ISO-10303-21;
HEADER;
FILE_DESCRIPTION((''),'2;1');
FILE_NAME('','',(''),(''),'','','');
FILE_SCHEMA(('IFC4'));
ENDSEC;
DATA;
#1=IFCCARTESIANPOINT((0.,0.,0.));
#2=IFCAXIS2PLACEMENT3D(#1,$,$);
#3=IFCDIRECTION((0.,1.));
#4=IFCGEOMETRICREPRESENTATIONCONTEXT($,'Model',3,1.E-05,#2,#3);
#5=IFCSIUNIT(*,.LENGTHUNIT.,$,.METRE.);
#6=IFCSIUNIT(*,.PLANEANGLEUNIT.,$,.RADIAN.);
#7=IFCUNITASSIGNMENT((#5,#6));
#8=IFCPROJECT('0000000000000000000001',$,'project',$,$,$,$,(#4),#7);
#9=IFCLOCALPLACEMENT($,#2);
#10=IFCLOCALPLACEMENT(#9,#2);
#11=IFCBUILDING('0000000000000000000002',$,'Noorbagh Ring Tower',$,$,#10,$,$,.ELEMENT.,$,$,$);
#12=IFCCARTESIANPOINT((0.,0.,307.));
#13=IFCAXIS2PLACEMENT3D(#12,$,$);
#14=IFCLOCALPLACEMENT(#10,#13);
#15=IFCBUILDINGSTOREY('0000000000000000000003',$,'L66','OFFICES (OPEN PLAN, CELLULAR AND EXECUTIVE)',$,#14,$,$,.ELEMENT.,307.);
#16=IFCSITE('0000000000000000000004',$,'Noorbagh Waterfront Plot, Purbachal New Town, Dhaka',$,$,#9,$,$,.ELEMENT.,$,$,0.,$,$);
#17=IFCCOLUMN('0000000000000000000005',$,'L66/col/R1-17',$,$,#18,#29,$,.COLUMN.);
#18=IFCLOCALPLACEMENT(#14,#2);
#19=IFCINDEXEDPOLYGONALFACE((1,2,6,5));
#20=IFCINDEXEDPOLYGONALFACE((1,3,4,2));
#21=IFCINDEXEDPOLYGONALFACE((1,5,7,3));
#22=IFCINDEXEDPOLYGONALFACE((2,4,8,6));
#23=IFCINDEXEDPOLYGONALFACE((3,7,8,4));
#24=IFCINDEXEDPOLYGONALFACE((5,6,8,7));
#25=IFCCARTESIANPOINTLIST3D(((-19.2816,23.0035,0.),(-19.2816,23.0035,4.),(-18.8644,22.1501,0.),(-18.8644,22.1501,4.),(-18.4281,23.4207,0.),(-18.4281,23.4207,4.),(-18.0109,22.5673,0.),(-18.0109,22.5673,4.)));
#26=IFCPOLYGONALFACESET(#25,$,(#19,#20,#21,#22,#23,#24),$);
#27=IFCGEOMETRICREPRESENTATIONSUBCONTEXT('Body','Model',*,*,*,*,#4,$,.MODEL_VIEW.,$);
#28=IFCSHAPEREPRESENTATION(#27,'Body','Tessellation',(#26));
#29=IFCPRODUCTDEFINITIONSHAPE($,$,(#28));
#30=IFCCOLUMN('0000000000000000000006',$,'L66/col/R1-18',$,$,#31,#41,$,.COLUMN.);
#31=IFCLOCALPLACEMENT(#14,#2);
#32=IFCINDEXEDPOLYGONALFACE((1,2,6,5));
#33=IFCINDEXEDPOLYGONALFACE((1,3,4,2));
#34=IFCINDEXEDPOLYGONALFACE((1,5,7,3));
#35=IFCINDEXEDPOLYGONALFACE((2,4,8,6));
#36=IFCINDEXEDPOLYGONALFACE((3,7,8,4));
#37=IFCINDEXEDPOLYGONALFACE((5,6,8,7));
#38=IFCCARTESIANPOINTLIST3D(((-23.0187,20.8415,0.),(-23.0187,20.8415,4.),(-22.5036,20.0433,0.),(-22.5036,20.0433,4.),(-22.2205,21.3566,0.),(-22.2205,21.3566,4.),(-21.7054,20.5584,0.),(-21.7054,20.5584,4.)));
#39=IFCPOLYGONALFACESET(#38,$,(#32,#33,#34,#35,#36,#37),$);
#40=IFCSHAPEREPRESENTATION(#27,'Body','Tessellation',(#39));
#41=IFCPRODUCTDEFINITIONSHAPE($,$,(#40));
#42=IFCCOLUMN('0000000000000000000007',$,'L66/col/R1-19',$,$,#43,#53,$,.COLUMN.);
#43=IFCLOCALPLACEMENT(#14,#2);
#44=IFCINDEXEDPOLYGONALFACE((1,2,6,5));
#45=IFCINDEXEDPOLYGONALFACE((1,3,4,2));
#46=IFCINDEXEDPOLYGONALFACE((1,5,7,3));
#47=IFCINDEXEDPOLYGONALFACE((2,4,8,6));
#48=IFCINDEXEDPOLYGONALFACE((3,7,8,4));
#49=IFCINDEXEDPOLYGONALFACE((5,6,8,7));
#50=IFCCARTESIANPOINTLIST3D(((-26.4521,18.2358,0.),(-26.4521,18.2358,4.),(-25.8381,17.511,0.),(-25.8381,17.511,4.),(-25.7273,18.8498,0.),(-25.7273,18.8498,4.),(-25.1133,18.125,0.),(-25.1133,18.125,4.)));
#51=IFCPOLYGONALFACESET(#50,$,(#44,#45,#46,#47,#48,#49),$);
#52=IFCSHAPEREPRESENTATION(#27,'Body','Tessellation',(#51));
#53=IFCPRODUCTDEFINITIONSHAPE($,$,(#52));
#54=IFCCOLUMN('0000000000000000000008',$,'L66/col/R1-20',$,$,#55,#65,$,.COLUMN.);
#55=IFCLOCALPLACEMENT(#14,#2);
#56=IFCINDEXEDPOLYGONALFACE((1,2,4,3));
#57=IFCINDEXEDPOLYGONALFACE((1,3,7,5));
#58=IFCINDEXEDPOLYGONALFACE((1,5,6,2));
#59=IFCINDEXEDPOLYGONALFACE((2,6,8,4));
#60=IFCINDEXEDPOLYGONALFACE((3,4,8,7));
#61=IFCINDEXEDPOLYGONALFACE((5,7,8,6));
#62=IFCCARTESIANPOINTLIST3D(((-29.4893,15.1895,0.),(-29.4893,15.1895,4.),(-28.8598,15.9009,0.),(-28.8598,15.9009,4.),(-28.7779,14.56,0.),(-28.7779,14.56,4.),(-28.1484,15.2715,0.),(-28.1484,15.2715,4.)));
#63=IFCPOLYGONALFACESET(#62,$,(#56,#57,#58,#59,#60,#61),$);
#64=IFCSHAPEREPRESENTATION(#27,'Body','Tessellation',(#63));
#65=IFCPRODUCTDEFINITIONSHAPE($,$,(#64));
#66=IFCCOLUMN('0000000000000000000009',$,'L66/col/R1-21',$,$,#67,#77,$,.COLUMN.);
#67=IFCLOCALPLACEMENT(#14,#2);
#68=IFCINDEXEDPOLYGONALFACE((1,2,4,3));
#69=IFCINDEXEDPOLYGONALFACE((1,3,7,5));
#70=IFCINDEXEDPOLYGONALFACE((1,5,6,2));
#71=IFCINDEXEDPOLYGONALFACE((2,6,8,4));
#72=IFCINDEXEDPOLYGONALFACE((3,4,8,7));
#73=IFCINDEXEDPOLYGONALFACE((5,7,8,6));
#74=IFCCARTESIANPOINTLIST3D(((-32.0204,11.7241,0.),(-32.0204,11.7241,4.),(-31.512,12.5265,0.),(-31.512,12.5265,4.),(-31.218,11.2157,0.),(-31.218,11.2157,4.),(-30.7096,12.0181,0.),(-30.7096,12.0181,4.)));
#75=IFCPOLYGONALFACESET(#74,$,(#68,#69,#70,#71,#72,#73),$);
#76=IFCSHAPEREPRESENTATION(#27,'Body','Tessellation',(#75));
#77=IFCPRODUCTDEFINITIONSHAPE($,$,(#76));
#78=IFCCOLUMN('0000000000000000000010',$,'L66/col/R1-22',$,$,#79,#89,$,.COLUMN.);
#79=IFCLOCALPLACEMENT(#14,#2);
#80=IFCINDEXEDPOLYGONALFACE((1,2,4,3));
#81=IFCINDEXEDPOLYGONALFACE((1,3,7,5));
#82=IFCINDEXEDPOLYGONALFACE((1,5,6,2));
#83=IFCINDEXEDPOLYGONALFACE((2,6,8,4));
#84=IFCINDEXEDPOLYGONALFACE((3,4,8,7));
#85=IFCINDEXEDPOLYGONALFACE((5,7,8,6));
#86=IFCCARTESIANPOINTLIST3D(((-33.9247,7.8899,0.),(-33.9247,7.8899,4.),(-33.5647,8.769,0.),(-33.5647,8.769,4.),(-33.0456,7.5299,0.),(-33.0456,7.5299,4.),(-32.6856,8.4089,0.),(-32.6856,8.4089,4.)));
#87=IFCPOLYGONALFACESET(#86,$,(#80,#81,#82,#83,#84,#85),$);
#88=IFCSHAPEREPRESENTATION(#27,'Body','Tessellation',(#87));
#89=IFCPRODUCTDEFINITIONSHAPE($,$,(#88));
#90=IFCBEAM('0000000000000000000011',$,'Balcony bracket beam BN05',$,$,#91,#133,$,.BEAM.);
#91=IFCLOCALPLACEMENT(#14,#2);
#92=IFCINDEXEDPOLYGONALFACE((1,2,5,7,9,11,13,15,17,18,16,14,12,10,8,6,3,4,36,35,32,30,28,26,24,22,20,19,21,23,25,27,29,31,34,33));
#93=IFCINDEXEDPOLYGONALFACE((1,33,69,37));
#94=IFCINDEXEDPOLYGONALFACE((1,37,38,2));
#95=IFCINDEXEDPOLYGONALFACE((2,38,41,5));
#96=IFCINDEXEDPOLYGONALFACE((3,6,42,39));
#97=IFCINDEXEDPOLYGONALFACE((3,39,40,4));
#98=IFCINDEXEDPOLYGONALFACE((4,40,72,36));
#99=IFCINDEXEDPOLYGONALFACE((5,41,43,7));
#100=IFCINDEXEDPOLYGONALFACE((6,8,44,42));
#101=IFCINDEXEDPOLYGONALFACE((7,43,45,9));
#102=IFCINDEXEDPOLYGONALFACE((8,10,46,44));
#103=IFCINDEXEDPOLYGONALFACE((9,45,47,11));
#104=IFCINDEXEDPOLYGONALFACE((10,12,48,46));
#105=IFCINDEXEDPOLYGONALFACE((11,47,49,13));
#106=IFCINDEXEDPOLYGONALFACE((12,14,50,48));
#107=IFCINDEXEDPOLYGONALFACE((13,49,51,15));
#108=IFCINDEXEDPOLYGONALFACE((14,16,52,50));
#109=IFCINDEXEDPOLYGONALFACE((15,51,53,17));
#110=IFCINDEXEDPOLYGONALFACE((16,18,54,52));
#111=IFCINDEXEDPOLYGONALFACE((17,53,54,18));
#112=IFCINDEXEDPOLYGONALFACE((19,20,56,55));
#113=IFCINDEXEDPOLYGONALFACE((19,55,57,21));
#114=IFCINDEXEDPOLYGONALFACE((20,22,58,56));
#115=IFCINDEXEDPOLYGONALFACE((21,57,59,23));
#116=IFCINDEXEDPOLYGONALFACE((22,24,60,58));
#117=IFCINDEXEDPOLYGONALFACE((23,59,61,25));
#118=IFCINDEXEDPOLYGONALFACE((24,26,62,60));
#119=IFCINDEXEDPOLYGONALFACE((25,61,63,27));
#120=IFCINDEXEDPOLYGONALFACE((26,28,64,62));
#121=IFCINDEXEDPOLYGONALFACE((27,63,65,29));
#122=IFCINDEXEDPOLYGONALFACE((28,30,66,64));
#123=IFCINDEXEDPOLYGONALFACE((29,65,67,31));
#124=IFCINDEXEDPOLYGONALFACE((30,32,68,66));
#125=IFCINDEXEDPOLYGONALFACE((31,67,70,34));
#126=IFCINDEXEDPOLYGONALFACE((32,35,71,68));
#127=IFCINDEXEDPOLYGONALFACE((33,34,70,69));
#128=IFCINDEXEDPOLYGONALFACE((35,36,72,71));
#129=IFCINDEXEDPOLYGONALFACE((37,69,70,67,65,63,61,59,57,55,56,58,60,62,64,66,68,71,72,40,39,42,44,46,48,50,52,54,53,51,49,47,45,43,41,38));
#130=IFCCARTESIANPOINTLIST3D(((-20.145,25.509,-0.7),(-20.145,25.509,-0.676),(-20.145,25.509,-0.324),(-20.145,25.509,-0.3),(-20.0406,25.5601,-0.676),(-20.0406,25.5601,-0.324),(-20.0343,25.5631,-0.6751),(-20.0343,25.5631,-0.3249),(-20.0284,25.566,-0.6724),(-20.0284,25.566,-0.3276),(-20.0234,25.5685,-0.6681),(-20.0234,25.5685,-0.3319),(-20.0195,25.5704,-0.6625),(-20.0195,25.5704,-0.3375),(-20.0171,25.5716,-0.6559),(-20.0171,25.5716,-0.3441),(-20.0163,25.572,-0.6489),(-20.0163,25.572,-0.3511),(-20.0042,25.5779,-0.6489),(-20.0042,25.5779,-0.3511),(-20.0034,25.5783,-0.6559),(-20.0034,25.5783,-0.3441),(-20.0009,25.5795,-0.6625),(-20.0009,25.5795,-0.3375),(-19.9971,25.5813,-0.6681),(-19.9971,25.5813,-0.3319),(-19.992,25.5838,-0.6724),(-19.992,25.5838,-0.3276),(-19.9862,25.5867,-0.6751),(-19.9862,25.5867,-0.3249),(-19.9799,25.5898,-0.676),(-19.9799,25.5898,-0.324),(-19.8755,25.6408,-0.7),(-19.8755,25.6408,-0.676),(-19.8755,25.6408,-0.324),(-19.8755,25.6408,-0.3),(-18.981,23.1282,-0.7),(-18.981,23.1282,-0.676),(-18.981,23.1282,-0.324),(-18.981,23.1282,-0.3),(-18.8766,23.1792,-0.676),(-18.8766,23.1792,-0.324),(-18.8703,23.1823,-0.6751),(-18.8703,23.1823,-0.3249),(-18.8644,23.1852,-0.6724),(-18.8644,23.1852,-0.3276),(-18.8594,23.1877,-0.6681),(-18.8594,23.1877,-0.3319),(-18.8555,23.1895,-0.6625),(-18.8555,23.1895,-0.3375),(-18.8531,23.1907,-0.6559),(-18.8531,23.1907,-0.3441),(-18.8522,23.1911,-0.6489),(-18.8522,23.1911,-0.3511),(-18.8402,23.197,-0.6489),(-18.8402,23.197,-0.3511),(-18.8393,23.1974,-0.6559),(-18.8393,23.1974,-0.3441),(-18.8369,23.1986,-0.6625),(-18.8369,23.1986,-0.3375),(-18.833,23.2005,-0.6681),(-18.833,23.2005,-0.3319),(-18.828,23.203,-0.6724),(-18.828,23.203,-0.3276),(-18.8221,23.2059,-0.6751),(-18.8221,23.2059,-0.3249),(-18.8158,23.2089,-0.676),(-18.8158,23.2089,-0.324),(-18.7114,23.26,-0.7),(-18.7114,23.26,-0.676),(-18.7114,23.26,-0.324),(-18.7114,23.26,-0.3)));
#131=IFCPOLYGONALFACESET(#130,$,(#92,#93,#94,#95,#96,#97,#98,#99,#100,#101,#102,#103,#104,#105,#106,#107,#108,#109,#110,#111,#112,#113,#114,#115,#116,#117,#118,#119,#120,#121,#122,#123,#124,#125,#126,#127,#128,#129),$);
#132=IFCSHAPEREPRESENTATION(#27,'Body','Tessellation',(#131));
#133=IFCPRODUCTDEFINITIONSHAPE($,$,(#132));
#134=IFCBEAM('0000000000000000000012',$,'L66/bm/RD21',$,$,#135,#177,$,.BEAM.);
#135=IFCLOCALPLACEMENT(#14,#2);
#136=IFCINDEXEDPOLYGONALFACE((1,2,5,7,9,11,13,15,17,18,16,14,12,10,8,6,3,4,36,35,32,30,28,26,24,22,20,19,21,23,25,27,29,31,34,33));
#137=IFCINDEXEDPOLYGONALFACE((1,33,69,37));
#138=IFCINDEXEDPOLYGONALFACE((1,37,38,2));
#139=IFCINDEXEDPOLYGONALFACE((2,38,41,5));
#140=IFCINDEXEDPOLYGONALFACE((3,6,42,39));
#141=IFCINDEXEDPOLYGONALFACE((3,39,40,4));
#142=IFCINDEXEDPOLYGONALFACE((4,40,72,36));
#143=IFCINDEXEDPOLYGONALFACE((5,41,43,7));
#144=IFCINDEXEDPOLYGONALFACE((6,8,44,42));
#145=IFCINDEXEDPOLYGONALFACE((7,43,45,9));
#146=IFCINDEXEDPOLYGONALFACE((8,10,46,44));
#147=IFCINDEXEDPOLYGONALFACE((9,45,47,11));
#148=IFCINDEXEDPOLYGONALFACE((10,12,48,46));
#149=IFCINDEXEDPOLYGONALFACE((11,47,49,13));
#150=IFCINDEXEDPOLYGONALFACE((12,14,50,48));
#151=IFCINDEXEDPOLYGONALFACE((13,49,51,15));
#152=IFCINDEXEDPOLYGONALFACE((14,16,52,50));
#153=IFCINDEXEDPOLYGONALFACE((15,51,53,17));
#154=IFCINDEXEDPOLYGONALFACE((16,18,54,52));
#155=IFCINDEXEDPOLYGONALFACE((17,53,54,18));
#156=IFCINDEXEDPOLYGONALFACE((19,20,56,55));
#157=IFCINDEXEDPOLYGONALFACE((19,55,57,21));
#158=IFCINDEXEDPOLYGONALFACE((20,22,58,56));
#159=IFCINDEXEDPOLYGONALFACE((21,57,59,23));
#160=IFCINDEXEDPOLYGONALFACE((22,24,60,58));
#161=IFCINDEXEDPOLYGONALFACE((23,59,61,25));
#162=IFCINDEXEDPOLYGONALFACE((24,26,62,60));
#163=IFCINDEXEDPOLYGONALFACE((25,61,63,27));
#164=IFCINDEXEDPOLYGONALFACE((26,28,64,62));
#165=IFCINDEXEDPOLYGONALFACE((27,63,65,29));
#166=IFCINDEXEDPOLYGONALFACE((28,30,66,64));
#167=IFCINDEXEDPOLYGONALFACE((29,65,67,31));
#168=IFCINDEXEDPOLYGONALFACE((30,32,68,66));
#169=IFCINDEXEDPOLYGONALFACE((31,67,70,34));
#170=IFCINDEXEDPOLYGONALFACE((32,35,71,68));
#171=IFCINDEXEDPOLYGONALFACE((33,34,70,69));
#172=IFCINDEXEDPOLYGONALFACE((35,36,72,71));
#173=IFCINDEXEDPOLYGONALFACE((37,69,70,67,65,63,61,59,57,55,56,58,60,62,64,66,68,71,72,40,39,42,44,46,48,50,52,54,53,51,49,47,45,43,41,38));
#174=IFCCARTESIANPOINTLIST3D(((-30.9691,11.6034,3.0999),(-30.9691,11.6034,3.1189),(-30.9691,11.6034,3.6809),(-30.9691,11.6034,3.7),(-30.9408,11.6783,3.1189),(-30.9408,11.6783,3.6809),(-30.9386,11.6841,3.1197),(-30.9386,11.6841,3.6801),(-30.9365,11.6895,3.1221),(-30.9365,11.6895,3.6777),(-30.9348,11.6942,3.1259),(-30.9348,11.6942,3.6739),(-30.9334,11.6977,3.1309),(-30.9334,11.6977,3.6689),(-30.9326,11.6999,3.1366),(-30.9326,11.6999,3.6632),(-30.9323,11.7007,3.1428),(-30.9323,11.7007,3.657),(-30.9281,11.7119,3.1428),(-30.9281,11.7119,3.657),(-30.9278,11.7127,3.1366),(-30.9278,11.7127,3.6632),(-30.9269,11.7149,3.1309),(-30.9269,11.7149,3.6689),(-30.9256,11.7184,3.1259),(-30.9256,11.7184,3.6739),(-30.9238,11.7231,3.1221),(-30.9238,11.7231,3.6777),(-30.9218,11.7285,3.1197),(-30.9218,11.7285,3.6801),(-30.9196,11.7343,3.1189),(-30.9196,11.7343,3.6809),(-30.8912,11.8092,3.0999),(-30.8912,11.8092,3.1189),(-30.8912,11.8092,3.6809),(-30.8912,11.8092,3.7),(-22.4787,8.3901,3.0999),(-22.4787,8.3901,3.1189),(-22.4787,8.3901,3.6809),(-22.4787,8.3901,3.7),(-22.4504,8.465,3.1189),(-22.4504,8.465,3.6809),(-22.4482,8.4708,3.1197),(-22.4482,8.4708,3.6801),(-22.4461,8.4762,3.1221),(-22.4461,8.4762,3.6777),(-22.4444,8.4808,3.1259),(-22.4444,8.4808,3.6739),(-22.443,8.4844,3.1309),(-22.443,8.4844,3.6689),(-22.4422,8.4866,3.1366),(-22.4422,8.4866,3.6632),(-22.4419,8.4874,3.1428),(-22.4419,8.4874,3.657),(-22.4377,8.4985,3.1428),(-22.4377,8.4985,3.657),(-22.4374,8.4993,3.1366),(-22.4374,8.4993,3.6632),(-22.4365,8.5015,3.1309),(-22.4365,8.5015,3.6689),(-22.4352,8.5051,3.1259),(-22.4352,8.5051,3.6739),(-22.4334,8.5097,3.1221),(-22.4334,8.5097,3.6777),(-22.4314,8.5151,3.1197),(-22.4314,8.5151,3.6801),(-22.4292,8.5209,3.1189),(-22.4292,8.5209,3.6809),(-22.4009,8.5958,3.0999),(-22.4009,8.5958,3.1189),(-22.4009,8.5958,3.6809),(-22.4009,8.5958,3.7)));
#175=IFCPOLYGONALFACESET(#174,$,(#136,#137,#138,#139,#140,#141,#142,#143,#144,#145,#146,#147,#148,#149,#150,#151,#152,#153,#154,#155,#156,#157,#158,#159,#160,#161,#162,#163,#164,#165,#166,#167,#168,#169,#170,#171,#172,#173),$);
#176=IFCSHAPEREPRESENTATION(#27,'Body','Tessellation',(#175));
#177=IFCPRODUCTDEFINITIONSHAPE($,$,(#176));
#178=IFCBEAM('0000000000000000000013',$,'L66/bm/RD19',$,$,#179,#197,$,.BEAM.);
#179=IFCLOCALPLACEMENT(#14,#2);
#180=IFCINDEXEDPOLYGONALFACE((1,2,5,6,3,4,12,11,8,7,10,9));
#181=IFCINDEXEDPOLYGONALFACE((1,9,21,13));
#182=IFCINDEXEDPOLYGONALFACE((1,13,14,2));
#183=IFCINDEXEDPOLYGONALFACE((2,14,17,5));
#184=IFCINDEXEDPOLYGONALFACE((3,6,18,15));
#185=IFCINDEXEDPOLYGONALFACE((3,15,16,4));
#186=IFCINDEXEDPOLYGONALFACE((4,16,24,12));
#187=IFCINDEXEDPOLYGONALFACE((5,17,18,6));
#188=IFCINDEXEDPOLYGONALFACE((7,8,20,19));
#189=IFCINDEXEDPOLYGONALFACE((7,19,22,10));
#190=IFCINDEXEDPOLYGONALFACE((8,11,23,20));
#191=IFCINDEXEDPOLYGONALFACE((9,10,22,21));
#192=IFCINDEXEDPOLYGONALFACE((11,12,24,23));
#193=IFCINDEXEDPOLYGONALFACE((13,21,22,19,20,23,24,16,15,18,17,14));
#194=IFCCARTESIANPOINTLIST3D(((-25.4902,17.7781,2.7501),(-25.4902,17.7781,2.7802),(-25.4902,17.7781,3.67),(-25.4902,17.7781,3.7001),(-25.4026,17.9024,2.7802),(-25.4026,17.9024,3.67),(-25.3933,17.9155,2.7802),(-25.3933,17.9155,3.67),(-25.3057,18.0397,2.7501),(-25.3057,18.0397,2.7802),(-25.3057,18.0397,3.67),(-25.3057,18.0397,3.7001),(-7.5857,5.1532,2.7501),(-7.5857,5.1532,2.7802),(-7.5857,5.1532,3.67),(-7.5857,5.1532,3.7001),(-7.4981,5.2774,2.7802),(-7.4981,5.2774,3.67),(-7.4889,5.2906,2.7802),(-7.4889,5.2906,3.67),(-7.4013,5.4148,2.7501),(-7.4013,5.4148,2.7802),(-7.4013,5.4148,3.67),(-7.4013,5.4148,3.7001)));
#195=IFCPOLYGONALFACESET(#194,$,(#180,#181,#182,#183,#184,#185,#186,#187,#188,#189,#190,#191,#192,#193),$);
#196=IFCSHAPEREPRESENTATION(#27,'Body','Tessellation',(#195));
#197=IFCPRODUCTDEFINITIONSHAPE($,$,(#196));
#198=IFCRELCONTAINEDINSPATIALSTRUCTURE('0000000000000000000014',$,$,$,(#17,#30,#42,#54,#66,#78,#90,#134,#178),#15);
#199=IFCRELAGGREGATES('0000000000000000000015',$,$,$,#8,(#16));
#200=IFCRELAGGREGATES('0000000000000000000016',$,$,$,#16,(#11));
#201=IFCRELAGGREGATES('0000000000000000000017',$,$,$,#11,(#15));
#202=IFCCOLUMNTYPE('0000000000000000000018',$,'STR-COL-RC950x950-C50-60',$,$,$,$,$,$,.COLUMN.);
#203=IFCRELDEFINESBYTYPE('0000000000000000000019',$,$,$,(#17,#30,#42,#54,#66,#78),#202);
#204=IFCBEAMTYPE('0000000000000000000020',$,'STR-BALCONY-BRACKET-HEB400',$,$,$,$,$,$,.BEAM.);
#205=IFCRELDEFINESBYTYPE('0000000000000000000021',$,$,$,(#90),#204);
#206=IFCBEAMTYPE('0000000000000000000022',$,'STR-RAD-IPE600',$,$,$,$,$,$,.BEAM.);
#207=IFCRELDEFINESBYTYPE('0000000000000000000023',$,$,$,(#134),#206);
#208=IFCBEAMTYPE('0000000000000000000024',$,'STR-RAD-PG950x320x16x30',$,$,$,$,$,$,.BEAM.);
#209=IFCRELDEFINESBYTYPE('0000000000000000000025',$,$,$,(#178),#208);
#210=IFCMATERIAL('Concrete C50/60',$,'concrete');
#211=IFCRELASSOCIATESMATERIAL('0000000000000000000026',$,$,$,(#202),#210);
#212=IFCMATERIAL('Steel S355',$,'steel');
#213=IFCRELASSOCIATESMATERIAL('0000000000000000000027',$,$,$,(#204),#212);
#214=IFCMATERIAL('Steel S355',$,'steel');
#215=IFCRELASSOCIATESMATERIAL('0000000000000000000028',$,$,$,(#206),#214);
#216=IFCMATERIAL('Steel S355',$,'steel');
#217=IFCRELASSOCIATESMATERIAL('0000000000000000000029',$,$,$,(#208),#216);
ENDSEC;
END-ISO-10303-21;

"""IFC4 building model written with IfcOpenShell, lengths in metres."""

from ifc_helpers import new_model, si_unit, direction, frame, origin, origin_2d, place, context, subcontext, project, spatial, rectangle, i_section, extrude, material, material_profile, profile_set, type_object, element, save


model = new_model("IFC4")

# Units and contexts
model_context = context("Model", 3, precision=1e-05, world=origin(), true_north=direction((0.0, 1.0)))
body_context = subcontext(model_context, "Body", "Model", "MODEL_VIEW")
ifc_project = project(units=[si_unit("LENGTHUNIT", "METRE"), si_unit("PLANEANGLEUNIT", "RADIAN")], contexts=[model_context])

# Site, building, storey
site_placement = place(None, origin())
site = spatial("IfcSite", under=ifc_project, at=site_placement, Name="Noorbagh Waterfront Plot, Purbachal New Town, Dhaka", CompositionType="ELEMENT", RefElevation=0.0)
building_placement = place(site_placement, origin())
building = spatial("IfcBuilding", under=site, at=building_placement, Name="Noorbagh Ring Tower", CompositionType="ELEMENT")
storey_placement = place(building_placement, frame((0.0, 0.0, 307.0)))
storey = spatial("IfcBuildingStorey", under=building, at=storey_placement, Name="L66", Description="OFFICES (OPEN PLAN, CELLULAR AND EXECUTIVE)", CompositionType="ELEMENT", Elevation=307.0)

# Columns
ifc_material_1 = material(Name="Concrete C50/60", Category="concrete")
ifc_material_profile_1 = material_profile(ifc_material_1, rectangle(XDim=0.95, YDim=0.95, at=origin_2d()), Name="RC950x950")
ifc_profile_set_1 = profile_set([ifc_material_profile_1], Name="Concrete C50/60")
column_type = type_object("IfcColumnType", Name="STR-COL-RC950x950-C50-60", PredefinedType="COLUMN", material=ifc_profile_set_1)
for number, where, z_axis, x_axis, name in (
    (1, (-18.6462, 22.7854, 0.0), (0.0, 0.0, 1.0), (-0.898399, -0.43918, 0.0), "L66/col/R1-17"),
    (2, (-22.3621, 20.7, 0.0), (0.0, 0.0, 1.0), (-0.840248, -0.542203, 0.0), "L66/col/R1-18"),
    (3, (-25.7827, 18.1804, 0.0), (0.0, 0.0, 1.0), (-0.763035, -0.646357, 0.0), "L66/col/R1-19"),
    (4, (-28.8188, 15.2305, 0.0), (0.0, 0.0, 1.0), (-0.662636, -0.748942, 0.0), "L66/col/R1-20"),
    (5, (-31.365, 11.8711, 0.0), (0.0, 0.0, 1.0), (-0.53519, -0.844731, 0.0), "L66/col/R1-21"),
    (6, (-33.3052, 8.1494, 0.0), (0.0, 0.0, 1.0), (-0.378989, -0.925401, 0.0), "L66/col/R1-22"),
):
    element("IfcColumn", number, at=place(storey_placement, frame(where, z_axis=z_axis, x_axis=x_axis)), inside=storey, type_object=column_type, Name=name, PredefinedType="COLUMN", context=body_context, shape_type="SweptSolid", body=[
        extrude(rectangle(XDim=0.95, YDim=0.95, at=origin_2d()), origin(), (0.0, 0.0, 1.0), 4.0),
    ])

# Beams
ifc_material_2 = material(Name="Steel S355", Category="steel")
ifc_material_profile_2 = material_profile(ifc_material_2, i_section(OverallWidth=0.3, OverallDepth=0.3999, WebThickness=0.0134, FlangeThickness=0.0239, FilletRadius=0.0271, at=origin_2d()), Name="HEB400")
ifc_profile_set_2 = profile_set([ifc_material_profile_2], Name="Steel S355")
beam_type_1 = type_object("IfcBeamType", Name="STR-BALCONY-BRACKET-HEB400", PredefinedType="BEAM", material=ifc_profile_set_2)
beam_1_placement = place(storey_placement, frame((-18.8462, 23.1941, -0.5), z_axis=(-0.439237, 0.898371, 0.0), x_axis=(-0.898371, -0.439237, 0.0)))
element("IfcBeam", 7, at=beam_1_placement, inside=storey, type_object=beam_type_1, Name="Balcony bracket beam BN05", PredefinedType="BEAM", context=body_context, shape_type="SweptSolid", body=[
    extrude(i_section(OverallWidth=0.3, OverallDepth=0.3999, WebThickness=0.0134, FlangeThickness=0.0239, FilletRadius=0.0271, at=origin_2d()), origin(), (0.0, 0.0, 1.0), 2.6501),
])
ifc_material_3 = material(Name="Steel S355", Category="steel")
ifc_material_profile_3 = material_profile(ifc_material_3, i_section(OverallWidth=0.22, OverallDepth=0.6001, WebThickness=0.012, FlangeThickness=0.019, FilletRadius=0.0239, at=origin_2d()), Name="IPE600")
ifc_profile_set_3 = profile_set([ifc_material_profile_3], Name="Steel S355")
beam_type_2 = type_object("IfcBeamType", Name="STR-RAD-IPE600", PredefinedType="BEAM", material=ifc_profile_set_3)
beam_2_placement = place(storey_placement, frame((-30.9302, 11.7063, 3.3999), z_axis=(0.935258, -0.353966, 0.0), x_axis=(0.353966, 0.935258, 0.0)))
element("IfcBeam", 8, at=beam_2_placement, inside=storey, type_object=beam_type_2, Name="L66/bm/RD21", PredefinedType="BEAM", context=body_context, shape_type="SweptSolid", body=[
    extrude(i_section(OverallWidth=0.22, OverallDepth=0.6001, WebThickness=0.012, FlangeThickness=0.019, FilletRadius=0.0239, at=origin_2d()), origin(), (0.0, 0.0, 1.0), 9.0781),
])
ifc_material_4 = material(Name="Steel S355", Category="steel")
ifc_material_profile_4 = material_profile(ifc_material_4, i_section(OverallWidth=0.3201, OverallDepth=0.95, WebThickness=0.0161, FlangeThickness=0.03, at=origin_2d()), Name="PG950x320x16x30")
ifc_profile_set_4 = profile_set([ifc_material_profile_4], Name="Steel S355")
beam_type_3 = type_object("IfcBeamType", Name="STR-RAD-PG950x320x16x30", PredefinedType="BEAM", material=ifc_profile_set_4)
beam_3_placement = place(storey_placement, frame((-25.3979, 17.9089, 3.2251), z_axis=(0.817258, -0.576272, 0.0), x_axis=(0.576272, 0.817258, 0.0)))
element("IfcBeam", 9, at=beam_3_placement, inside=storey, type_object=beam_type_3, Name="L66/bm/RD19", PredefinedType="BEAM", context=body_context, shape_type="SweptSolid", body=[
    extrude(i_section(OverallWidth=0.3201, OverallDepth=0.95, WebThickness=0.0161, FlangeThickness=0.03, at=origin_2d()), origin(), (0.0, 0.0, 1.0), 21.908),
])

save(model, "model.ifc")
